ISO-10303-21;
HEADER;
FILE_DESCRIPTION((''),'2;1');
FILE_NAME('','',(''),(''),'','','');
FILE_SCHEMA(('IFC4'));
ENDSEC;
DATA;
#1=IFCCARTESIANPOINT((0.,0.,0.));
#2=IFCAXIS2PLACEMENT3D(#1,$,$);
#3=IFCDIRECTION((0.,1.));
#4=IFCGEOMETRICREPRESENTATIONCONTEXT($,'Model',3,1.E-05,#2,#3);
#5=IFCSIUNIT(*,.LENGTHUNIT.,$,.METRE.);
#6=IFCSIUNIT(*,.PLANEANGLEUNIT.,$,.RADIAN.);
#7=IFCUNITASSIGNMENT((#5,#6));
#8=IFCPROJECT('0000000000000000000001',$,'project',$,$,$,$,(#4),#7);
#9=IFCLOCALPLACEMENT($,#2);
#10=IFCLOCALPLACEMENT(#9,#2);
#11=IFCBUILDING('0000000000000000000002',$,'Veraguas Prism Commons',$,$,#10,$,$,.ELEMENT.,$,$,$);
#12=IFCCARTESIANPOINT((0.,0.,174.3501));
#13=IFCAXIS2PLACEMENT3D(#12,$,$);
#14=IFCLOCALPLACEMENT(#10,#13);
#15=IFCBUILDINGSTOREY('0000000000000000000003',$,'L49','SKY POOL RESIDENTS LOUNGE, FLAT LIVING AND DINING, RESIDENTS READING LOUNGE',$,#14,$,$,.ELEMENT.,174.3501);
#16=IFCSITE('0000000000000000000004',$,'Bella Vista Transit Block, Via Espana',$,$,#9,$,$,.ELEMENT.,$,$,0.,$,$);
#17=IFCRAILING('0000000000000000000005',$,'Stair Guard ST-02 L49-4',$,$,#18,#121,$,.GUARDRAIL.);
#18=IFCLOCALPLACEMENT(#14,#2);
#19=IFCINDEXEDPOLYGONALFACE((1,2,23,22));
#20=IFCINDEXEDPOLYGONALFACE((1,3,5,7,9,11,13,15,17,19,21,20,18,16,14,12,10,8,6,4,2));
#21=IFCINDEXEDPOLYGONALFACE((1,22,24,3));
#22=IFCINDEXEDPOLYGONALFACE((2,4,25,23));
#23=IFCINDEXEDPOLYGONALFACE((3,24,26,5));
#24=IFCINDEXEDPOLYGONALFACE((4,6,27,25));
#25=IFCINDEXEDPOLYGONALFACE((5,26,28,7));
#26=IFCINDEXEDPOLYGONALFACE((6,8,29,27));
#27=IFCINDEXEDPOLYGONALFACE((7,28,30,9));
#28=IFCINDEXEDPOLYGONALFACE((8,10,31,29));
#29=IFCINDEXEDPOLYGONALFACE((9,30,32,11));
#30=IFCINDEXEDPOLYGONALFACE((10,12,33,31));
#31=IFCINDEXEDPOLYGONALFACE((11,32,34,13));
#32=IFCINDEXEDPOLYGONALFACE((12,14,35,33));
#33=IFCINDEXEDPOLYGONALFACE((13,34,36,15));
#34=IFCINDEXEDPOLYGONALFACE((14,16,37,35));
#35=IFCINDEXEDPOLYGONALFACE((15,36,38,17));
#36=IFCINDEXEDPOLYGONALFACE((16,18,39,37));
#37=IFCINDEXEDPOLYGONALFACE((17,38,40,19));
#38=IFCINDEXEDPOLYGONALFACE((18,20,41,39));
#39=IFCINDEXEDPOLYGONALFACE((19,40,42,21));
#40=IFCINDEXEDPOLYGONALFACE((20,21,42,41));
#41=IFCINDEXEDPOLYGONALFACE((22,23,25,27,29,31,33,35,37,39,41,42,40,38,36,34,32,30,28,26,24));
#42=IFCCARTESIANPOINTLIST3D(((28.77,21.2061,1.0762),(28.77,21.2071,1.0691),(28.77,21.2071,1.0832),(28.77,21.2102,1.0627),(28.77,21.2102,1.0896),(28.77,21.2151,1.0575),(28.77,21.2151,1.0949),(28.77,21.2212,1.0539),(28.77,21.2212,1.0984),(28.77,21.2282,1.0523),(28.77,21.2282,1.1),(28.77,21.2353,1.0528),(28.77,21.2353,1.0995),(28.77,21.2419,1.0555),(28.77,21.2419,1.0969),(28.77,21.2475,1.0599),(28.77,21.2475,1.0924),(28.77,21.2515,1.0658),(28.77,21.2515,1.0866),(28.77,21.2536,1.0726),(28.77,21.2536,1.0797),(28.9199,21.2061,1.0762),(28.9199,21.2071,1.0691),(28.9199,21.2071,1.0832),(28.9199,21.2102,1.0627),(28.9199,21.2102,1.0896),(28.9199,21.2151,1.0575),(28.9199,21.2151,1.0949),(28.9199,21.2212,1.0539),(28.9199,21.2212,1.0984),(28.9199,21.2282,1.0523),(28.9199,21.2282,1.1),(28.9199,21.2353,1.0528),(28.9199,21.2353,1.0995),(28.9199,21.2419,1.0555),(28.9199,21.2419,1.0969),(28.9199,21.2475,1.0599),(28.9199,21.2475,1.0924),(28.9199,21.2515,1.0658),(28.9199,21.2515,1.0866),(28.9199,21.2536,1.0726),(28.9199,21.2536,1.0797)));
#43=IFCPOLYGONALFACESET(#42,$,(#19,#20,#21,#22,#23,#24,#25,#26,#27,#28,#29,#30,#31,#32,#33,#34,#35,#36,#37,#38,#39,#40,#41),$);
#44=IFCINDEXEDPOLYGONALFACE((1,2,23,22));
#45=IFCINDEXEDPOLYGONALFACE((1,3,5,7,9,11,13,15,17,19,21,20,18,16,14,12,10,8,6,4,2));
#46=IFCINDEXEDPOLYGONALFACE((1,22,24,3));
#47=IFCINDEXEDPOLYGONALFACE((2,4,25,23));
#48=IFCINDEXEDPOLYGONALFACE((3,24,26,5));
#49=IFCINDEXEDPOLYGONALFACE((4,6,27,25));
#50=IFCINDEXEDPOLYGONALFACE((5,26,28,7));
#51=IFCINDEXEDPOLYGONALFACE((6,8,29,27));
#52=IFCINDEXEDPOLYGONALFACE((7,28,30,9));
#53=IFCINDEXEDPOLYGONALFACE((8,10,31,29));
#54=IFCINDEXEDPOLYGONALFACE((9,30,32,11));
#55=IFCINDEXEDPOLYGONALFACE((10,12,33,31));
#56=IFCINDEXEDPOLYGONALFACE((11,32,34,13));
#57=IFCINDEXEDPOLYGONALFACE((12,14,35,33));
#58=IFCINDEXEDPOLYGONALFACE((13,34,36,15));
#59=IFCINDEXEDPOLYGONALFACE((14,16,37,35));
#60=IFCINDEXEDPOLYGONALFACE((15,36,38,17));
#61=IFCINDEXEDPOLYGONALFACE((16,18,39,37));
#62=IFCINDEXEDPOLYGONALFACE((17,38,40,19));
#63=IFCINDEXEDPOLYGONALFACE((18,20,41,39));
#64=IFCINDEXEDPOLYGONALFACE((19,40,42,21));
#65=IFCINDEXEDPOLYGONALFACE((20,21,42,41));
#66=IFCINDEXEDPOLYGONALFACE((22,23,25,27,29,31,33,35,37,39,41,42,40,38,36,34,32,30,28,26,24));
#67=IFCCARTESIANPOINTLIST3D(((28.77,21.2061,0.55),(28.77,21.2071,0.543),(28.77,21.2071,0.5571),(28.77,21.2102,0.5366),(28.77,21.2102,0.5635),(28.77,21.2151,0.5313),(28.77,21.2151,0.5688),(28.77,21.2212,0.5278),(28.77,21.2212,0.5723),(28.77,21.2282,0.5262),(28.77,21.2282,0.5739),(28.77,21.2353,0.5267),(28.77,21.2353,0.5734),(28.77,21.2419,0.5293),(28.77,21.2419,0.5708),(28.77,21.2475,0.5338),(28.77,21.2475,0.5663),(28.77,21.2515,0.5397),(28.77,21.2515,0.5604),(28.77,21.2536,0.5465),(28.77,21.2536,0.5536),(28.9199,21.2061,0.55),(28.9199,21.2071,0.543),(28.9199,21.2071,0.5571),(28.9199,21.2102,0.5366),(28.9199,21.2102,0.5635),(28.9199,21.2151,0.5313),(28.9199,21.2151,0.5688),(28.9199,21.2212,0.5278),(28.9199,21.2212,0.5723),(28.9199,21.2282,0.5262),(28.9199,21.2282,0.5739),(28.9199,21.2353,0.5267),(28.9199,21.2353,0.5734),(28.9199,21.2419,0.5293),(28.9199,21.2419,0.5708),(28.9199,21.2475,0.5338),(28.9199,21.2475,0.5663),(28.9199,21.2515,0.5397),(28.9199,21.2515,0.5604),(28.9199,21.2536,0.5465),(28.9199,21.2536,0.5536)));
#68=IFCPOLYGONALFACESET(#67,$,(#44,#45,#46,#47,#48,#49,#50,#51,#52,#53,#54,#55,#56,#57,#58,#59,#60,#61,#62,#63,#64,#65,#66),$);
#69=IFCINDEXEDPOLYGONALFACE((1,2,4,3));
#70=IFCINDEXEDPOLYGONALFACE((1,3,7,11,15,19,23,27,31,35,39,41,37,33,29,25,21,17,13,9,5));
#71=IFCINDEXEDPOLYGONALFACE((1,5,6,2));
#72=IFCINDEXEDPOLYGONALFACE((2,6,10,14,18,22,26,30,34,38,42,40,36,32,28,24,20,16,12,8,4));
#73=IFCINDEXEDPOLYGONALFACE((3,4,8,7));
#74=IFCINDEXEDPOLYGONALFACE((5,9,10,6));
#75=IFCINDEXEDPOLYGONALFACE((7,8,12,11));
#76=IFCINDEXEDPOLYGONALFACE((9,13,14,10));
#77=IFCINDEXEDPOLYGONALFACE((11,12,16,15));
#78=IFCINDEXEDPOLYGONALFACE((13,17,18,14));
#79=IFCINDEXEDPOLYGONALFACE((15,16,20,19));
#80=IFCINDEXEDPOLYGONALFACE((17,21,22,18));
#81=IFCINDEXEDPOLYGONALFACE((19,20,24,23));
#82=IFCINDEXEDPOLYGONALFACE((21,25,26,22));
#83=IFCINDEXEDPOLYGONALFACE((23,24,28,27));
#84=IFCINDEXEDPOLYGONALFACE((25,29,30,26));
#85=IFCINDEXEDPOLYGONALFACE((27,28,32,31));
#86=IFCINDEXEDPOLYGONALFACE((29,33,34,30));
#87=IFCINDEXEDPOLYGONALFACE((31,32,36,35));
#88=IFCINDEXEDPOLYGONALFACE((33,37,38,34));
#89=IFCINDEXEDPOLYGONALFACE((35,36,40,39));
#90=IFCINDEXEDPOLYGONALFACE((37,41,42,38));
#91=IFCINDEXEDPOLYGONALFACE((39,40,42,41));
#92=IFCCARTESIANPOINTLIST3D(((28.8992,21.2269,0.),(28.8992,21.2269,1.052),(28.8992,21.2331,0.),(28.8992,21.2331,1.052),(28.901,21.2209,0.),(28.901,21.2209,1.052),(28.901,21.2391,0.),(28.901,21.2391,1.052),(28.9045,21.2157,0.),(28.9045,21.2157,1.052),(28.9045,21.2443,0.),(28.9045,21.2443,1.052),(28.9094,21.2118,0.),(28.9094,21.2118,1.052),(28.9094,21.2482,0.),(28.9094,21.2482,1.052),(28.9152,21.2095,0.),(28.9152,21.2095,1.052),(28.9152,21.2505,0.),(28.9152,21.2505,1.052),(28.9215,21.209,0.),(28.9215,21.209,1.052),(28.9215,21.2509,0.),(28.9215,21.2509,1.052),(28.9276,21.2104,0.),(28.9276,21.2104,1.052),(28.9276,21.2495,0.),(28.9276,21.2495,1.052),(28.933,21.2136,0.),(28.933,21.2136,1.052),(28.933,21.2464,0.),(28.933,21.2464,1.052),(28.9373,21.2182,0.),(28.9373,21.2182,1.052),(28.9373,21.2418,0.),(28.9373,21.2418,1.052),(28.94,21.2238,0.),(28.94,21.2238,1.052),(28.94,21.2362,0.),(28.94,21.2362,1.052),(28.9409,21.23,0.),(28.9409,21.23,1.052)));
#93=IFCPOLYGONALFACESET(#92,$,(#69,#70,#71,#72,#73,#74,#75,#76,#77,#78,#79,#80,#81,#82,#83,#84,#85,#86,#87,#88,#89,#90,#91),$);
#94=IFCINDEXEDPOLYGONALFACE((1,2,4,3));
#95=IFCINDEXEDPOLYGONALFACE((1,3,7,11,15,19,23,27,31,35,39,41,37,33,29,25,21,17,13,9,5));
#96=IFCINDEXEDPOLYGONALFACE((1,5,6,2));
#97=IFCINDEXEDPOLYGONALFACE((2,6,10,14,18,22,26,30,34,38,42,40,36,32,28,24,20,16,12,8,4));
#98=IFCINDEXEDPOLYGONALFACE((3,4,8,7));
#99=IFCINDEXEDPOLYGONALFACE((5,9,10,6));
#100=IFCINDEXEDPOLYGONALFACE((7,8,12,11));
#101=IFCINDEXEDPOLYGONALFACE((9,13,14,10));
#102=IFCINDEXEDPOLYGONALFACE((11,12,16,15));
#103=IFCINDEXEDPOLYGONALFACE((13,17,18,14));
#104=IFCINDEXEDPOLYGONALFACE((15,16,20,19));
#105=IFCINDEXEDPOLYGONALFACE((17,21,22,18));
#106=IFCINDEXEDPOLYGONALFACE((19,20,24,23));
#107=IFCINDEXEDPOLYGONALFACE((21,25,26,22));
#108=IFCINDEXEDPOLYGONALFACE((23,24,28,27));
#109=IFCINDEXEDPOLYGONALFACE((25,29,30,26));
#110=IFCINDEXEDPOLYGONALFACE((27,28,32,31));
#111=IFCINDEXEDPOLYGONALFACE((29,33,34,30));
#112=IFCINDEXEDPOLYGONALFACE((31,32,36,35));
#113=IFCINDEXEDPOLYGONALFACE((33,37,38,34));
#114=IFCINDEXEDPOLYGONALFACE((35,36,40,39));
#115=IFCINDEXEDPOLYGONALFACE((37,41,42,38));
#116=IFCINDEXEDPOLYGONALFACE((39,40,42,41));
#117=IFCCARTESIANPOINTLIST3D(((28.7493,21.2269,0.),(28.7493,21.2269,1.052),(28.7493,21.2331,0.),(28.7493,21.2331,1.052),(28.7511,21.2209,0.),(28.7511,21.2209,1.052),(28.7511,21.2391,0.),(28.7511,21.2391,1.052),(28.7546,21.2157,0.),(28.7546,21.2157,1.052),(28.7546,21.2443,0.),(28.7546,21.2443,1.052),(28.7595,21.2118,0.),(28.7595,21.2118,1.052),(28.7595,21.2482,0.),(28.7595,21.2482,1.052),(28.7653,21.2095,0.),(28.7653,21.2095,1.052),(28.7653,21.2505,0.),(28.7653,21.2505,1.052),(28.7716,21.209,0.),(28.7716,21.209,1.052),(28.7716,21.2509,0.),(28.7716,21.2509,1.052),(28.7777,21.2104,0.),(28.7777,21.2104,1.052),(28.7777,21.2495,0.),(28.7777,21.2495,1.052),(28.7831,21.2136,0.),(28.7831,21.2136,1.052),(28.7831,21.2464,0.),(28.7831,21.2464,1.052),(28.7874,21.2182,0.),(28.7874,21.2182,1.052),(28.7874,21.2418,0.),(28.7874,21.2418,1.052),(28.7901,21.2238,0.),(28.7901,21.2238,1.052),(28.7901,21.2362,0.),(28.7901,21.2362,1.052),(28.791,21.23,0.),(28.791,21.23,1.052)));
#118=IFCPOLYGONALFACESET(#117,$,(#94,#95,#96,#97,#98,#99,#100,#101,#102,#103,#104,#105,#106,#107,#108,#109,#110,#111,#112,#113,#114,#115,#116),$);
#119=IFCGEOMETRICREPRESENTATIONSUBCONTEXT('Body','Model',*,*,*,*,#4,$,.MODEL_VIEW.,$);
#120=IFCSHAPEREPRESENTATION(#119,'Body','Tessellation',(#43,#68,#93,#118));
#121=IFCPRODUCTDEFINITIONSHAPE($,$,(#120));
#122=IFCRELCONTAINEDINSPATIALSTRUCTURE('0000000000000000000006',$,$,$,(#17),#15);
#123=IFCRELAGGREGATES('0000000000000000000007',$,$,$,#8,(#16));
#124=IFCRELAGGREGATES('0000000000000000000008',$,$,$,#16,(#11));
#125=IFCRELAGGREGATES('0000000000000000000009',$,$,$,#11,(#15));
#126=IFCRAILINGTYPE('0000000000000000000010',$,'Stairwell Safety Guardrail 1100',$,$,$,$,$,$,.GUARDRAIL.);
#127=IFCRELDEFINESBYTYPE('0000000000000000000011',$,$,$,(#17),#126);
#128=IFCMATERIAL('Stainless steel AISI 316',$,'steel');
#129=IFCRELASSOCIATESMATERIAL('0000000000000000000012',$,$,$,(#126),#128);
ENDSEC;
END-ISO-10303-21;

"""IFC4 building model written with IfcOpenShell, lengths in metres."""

from ifc_helpers import new_model, si_unit, direction, frame, origin, origin_2d, place, context, subcontext, project, spatial, circle, extrude, material, type_object, element, save


model = new_model("IFC4")

# Units and contexts
model_context = context("Model", 3, precision=1e-05, world=origin(), true_north=direction((0.0, 1.0)))
body_context = subcontext(model_context, "Body", "Model", "MODEL_VIEW")
ifc_project = project(units=[si_unit("LENGTHUNIT", "METRE"), si_unit("PLANEANGLEUNIT", "RADIAN")], contexts=[model_context])

# Site, building, storey
site_placement = place(None, origin())
site = spatial("IfcSite", under=ifc_project, at=site_placement, Name="Bella Vista Transit Block, Via Espana", CompositionType="ELEMENT", RefElevation=0.0)
building_placement = place(site_placement, origin())
building = spatial("IfcBuilding", under=site, at=building_placement, Name="Veraguas Prism Commons", CompositionType="ELEMENT")
storey_placement = place(building_placement, frame((0.0, 0.0, 174.3501)))
storey = spatial("IfcBuildingStorey", under=building, at=storey_placement, Name="L49", Description="SKY POOL RESIDENTS LOUNGE, FLAT LIVING AND DINING, RESIDENTS READING LOUNGE", CompositionType="ELEMENT", Elevation=174.3501)

# Shared definitions
ifc_material_1 = material(Name="Stainless steel AISI 316", Category="steel")

# Railing
railing_type = type_object("IfcRailingType", Name="Stairwell Safety Guardrail 1100", PredefinedType="GUARDRAIL", material=ifc_material_1)
railing_placement = place(storey_placement, frame((28.9199, 21.23, 0.0)))
element("IfcRailing", 1, at=railing_placement, inside=storey, type_object=railing_type, Name="Stair Guard ST-02 L49-4", PredefinedType="GUARDRAIL", context=body_context, shape_type="SweptSolid", body=[
    extrude(circle(Radius=0.0239, at=origin_2d()), frame((0.0, 0.0, 1.0762), z_axis=(-1.0, 0.0, 0.0), x_axis=(0.0, -1.0, 0.0)), (0.0, 0.0, 1.0), 0.1499),
    extrude(circle(Radius=0.0239, at=origin_2d()), frame((0.0, 0.0, 0.55), z_axis=(-1.0, 0.0, 0.0), x_axis=(0.0, -1.0, 0.0)), (0.0, 0.0, 1.0), 0.1499),
    extrude(circle(Radius=0.021, at=origin_2d()), origin(), (0.0, 0.0, 1.0), 1.052),
    extrude(circle(Radius=0.021, at=origin_2d()), frame((-0.1499, 0.0, 0.0)), (0.0, 0.0, 1.0), 1.052),
])

save(model, "model.ifc")
